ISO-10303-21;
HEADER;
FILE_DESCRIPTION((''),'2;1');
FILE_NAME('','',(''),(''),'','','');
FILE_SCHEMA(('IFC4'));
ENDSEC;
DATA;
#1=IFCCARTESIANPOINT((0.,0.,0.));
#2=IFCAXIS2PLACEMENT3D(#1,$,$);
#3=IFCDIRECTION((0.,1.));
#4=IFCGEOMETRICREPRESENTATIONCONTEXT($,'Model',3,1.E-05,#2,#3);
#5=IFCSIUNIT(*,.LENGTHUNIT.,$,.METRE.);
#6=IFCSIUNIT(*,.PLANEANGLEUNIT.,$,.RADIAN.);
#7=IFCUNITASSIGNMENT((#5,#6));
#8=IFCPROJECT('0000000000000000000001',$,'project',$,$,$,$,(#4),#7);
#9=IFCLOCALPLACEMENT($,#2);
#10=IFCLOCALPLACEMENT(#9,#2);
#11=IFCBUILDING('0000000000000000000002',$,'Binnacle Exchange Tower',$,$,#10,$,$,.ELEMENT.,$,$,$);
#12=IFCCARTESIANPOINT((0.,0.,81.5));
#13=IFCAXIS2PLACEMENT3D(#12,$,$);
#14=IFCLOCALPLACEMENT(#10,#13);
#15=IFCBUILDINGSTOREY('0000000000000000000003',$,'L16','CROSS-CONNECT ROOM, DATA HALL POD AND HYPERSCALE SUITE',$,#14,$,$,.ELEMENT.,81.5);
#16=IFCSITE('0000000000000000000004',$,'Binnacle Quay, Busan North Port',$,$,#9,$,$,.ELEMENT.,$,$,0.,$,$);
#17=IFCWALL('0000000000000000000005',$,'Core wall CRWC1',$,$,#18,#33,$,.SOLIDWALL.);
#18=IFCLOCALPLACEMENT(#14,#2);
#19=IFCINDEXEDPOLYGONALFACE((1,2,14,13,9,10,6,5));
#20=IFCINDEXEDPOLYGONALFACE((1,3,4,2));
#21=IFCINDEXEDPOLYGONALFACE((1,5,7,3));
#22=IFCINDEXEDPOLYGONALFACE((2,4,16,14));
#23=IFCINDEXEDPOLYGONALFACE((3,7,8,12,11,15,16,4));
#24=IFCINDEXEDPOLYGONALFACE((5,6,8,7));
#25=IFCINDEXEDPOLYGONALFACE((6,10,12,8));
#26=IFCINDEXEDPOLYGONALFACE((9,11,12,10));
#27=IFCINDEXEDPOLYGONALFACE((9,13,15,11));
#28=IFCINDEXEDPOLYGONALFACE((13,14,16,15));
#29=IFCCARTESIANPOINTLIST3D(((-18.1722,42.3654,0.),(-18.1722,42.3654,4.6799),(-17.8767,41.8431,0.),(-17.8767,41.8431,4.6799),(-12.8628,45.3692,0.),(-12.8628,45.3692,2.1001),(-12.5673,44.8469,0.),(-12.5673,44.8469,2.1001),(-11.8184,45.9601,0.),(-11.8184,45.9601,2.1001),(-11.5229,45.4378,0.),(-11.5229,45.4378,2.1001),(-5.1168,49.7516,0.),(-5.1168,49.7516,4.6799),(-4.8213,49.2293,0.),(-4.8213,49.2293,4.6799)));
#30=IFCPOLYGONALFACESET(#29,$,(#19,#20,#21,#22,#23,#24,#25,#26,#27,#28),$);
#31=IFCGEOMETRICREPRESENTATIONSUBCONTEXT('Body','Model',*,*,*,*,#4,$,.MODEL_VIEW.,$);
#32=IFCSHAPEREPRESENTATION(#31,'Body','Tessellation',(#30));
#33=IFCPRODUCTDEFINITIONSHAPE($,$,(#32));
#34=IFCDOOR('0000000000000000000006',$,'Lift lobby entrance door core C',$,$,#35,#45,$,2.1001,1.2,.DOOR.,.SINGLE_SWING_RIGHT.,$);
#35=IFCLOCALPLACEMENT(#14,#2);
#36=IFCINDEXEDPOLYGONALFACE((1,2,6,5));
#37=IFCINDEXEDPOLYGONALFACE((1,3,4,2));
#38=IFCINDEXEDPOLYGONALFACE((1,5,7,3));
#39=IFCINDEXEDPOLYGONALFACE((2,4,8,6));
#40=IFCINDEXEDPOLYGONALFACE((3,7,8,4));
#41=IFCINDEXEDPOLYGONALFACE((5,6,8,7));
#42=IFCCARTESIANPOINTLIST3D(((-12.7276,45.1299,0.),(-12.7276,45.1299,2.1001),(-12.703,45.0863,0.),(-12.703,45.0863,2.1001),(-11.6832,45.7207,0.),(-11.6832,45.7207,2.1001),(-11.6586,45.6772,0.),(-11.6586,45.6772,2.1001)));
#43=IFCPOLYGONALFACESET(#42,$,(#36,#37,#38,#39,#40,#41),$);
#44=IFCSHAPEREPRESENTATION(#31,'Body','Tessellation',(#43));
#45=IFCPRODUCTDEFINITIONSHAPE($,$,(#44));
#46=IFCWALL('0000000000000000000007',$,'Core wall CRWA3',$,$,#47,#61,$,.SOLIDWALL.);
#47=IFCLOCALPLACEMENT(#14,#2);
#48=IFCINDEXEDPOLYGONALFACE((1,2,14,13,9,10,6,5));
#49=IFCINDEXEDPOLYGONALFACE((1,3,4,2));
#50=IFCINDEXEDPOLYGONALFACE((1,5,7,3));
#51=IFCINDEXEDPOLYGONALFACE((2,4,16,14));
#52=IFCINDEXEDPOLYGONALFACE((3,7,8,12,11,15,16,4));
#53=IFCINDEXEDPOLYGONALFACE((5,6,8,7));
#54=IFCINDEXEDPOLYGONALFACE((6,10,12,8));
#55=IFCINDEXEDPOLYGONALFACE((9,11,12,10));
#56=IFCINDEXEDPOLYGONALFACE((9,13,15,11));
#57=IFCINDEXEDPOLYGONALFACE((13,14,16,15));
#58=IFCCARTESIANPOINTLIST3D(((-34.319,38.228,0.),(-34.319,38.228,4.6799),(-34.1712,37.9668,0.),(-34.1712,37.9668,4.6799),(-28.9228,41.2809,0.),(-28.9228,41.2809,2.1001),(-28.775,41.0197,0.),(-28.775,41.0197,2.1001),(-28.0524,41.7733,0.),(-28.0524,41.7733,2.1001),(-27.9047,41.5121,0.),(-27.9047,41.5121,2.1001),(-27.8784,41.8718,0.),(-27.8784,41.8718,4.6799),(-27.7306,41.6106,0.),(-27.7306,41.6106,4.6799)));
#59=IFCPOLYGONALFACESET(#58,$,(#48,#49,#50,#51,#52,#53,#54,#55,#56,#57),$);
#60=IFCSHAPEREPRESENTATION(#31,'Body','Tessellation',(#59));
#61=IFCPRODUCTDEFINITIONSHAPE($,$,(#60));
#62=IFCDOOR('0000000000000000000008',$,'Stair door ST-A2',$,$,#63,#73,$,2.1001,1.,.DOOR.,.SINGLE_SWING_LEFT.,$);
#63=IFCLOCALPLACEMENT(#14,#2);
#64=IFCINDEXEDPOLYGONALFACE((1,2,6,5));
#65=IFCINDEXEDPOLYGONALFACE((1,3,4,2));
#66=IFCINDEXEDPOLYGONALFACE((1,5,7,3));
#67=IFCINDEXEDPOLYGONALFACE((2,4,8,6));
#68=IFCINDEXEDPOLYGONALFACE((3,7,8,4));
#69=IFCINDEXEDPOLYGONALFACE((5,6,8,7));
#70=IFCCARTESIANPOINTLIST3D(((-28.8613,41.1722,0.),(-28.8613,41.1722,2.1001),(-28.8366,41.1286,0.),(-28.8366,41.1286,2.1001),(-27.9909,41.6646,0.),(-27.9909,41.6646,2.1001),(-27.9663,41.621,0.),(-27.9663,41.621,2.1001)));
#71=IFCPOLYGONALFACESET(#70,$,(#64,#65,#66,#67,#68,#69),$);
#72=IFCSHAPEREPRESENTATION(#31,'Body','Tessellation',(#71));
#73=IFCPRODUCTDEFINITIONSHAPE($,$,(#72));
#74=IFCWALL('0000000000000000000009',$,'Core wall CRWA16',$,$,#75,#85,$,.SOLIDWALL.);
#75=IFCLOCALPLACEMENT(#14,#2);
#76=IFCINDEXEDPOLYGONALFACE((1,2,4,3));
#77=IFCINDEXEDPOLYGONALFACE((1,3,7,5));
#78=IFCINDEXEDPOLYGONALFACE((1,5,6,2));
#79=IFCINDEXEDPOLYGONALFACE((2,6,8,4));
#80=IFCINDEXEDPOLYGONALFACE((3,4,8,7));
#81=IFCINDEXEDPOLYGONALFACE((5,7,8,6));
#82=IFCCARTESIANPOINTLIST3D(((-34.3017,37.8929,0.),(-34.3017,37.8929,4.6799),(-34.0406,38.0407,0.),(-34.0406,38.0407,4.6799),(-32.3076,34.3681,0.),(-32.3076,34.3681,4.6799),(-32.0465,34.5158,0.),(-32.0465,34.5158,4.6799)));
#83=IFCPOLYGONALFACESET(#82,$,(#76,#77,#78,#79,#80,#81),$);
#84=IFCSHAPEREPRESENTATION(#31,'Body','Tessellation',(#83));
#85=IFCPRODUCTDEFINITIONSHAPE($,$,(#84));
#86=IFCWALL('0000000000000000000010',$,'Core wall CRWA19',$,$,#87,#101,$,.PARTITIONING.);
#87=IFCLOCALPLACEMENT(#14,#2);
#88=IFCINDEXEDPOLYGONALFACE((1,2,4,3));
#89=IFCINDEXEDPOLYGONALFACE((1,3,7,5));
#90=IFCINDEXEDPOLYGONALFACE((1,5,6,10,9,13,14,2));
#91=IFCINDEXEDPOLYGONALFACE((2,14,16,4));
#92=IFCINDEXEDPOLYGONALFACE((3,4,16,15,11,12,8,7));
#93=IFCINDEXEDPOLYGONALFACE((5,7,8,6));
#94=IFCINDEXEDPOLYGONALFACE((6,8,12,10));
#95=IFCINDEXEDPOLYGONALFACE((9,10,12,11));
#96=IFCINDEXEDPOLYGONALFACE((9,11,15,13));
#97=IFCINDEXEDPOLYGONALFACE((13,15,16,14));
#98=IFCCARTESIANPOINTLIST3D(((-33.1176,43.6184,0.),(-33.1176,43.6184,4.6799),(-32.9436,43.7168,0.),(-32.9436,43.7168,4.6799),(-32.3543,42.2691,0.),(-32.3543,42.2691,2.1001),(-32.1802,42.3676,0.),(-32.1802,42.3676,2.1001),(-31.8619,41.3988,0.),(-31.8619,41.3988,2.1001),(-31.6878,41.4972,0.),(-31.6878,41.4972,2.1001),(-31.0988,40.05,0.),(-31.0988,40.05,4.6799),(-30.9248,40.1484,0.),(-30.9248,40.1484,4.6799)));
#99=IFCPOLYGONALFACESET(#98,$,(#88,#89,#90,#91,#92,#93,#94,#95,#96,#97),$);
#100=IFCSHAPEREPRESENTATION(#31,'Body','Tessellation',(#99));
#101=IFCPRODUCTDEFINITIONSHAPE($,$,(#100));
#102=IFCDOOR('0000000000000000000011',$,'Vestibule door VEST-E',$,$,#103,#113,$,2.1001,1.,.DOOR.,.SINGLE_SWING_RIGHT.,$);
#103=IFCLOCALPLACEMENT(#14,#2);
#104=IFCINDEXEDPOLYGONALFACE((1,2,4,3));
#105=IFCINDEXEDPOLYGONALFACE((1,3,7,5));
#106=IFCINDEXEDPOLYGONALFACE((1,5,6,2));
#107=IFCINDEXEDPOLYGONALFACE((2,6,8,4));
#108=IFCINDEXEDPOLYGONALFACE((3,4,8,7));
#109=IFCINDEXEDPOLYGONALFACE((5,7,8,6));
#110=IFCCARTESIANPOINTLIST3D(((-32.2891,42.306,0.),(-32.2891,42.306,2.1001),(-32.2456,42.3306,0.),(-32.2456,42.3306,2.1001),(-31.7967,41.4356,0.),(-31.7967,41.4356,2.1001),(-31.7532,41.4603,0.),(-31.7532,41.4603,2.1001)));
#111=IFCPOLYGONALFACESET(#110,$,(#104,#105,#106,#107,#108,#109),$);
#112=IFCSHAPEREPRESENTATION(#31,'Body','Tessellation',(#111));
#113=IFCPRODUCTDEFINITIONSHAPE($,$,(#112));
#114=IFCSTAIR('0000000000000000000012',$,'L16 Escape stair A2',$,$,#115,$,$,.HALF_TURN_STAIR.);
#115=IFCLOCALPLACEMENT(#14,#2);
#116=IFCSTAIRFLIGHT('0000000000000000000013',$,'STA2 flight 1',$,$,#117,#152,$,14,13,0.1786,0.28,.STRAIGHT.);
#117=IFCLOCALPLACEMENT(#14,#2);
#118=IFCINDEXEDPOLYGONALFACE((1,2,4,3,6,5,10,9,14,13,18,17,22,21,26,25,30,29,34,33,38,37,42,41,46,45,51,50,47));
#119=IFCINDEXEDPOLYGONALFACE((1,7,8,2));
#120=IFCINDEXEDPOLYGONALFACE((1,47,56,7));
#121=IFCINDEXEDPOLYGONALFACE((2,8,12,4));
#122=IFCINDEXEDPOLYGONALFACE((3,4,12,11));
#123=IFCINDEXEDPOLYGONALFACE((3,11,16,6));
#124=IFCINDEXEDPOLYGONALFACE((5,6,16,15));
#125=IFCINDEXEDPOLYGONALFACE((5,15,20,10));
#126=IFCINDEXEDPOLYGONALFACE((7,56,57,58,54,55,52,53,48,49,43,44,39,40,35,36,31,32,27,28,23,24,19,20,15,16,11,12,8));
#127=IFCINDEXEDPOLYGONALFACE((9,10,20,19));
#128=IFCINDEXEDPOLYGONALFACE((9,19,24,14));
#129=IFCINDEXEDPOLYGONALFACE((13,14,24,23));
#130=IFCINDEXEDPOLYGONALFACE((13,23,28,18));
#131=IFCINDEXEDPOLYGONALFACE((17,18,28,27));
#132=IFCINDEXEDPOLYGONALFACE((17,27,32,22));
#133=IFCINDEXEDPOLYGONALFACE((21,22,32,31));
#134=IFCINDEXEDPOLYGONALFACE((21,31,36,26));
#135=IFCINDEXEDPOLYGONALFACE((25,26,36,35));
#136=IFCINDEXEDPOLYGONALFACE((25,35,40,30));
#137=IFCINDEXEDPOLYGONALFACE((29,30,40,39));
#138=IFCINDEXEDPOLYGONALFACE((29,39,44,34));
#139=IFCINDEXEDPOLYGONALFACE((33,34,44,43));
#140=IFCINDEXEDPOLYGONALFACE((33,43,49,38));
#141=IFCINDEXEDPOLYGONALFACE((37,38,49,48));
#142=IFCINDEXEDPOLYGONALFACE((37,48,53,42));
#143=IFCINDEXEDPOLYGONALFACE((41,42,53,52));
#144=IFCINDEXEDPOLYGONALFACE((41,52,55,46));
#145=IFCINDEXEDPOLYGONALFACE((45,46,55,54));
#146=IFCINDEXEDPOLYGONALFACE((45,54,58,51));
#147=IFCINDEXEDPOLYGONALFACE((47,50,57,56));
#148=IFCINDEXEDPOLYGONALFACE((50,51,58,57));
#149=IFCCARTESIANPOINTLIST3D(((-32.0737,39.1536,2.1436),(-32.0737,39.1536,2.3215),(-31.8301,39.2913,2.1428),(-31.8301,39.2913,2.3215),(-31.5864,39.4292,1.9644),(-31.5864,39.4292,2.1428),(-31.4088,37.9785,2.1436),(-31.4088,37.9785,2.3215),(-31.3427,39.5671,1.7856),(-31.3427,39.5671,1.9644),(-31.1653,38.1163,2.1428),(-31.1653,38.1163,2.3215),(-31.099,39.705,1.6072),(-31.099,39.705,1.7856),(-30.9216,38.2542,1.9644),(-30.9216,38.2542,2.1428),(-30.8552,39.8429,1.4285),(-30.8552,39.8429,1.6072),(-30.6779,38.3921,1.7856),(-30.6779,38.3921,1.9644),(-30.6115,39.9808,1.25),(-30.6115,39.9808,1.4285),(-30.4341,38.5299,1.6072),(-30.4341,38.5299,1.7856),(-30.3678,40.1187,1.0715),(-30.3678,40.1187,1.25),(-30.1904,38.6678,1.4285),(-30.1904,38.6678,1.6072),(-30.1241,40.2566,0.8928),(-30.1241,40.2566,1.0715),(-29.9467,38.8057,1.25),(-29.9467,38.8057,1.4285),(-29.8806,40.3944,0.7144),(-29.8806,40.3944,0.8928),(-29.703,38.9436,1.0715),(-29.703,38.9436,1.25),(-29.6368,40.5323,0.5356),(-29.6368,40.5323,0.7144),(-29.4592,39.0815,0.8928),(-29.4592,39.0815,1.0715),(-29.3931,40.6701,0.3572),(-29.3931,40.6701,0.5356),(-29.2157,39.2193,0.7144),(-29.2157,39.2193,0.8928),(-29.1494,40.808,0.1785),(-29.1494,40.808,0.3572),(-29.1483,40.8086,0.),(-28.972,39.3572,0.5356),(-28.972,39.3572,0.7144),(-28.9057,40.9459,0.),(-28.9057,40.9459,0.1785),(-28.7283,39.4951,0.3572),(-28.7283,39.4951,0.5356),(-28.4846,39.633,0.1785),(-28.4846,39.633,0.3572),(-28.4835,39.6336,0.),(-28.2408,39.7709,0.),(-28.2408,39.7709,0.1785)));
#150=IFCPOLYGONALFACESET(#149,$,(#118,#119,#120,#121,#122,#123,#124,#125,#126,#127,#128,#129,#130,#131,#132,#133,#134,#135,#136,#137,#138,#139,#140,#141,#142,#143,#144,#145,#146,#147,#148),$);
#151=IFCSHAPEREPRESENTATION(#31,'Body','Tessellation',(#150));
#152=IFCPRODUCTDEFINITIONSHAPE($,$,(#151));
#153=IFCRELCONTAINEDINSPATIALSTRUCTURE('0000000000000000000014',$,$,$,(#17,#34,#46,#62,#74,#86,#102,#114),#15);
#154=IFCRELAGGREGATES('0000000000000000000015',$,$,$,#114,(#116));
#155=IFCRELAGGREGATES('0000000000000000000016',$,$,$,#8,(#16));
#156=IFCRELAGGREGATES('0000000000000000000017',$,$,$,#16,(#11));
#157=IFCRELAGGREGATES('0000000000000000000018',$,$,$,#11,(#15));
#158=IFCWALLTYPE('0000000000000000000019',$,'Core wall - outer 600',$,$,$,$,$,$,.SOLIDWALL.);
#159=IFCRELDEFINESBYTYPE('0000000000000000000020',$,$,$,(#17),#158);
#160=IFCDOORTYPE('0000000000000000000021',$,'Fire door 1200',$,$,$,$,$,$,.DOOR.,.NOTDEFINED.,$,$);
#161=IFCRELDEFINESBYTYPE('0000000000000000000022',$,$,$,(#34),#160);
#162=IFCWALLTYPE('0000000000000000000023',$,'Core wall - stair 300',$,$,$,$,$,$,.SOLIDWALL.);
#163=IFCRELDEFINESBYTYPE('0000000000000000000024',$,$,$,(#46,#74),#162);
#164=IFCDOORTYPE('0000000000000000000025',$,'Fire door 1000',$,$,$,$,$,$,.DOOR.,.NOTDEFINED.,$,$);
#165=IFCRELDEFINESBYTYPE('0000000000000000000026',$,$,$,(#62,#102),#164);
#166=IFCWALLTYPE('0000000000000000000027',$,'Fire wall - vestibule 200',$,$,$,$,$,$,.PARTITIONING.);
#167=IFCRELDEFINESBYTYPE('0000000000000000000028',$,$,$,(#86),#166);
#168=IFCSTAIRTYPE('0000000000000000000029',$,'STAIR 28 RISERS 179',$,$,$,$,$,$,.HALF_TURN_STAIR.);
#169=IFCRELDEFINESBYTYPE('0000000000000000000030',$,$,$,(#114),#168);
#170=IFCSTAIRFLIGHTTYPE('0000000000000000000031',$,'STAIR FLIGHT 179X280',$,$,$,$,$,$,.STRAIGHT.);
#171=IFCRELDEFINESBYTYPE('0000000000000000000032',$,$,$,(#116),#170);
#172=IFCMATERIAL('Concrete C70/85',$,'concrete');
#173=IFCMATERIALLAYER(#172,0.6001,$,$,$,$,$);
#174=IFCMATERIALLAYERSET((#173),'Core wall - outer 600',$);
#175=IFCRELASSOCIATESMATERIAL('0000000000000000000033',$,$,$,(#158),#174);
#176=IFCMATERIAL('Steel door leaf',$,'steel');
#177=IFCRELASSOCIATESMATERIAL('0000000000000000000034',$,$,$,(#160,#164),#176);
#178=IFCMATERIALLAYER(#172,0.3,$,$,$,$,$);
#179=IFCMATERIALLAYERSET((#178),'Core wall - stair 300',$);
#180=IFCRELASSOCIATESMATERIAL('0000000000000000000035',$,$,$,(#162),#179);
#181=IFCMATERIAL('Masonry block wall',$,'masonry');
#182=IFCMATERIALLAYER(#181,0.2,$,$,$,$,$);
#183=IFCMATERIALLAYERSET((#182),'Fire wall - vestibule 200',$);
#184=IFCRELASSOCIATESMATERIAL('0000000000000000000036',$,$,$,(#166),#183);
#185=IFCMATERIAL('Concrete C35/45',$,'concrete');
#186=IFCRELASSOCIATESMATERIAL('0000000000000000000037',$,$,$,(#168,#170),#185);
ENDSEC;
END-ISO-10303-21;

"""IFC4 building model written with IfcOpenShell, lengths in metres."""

from ifc_helpers import new_model, si_unit, direction, frame, frame_2d, origin, place, context, subcontext, project, spatial, polyline, rectangle, outline, extrude, material, layer, layer_set, type_object, element, fill, aggregate, save


model = new_model("IFC4")

# Units and contexts
model_context = context("Model", 3, precision=1e-05, world=origin(), true_north=direction((0.0, 1.0)))
body_context = subcontext(model_context, "Body", "Model", "MODEL_VIEW")
ifc_project = project(units=[si_unit("LENGTHUNIT", "METRE"), si_unit("PLANEANGLEUNIT", "RADIAN")], contexts=[model_context])

# Site, building, storey
site_placement = place(None, origin())
site = spatial("IfcSite", under=ifc_project, at=site_placement, Name="Binnacle Quay, Busan North Port", CompositionType="ELEMENT", RefElevation=0.0)
building_placement = place(site_placement, origin())
building = spatial("IfcBuilding", under=site, at=building_placement, Name="Binnacle Exchange Tower", CompositionType="ELEMENT")
storey_placement = place(building_placement, frame((0.0, 0.0, 81.5)))
storey = spatial("IfcBuildingStorey", under=building, at=storey_placement, Name="L16", Description="CROSS-CONNECT ROOM, DATA HALL POD AND HYPERSCALE SUITE", CompositionType="ELEMENT", Elevation=81.5)

# Shared definitions
ifc_material_1 = material(Name="Concrete C70/85", Category="concrete")

# Shared definitions
ifc_material_2 = material(Name="Steel door leaf", Category="steel")

# Walls, openings, doors
ifc_layer_1 = layer(ifc_material_1, 0.6001)
ifc_layer_set_1 = layer_set([ifc_layer_1], Name="Core wall - outer 600")
wall_type_1 = type_object("IfcWallType", Name="Core wall - outer 600", PredefinedType="SOLIDWALL", material=ifc_layer_set_1)
wall_1_placement = place(storey_placement, frame((-18.0244, 42.1042, 0.0), z_axis=(0.0, 0.0, 1.0), x_axis=(0.870361, 0.492415, 0.0)))
wall_1 = element("IfcWall", 1, at=wall_1_placement, inside=storey, type_object=wall_type_1, Name="Core wall CRWC1", PredefinedType="SOLIDWALL", context=body_context, shape_type="SweptSolid", body=[
    extrude(rectangle(XDim=15.0, YDim=0.6001, at=frame_2d((7.5, 0.0))), origin(), (0.0, 0.0, 1.0), 4.6799),
])
opening_1_placement = place(wall_1_placement, frame((6.1001, 0.0, 0.0)))
opening_1 = element("IfcOpeningElement", 2, at=opening_1_placement, cuts=wall_1, PredefinedType="OPENING", context=body_context, shape_type="SweptSolid", body=[
    extrude(rectangle(XDim=1.2, YDim=2.1001, at=frame_2d((0.6001, 1.05))), frame((0.0, 0.3101, 0.0), z_axis=(0.0, -1.0, 0.0), x_axis=(1.0, 0.0, 0.0)), (0.0, 0.0, 1.0), 0.6201),
])
door_type_1 = type_object("IfcDoorType", Name="Fire door 1200", OperationType="NOTDEFINED", PredefinedType="DOOR", material=ifc_material_2)
door_1_placement = place(opening_1_placement, frame((1.2, 0.0, 0.0), z_axis=(0.0, 0.0, 1.0), x_axis=(-1.0, 0.0, 0.0)))
door_1 = element("IfcDoor", 3, at=door_1_placement, inside=storey, type_object=door_type_1, Name="Lift lobby entrance door core C", OperationType="SINGLE_SWING_RIGHT", OverallHeight=2.1001, OverallWidth=1.2, PredefinedType="DOOR", context=body_context, shape_type="SweptSolid", body=[
    extrude(rectangle(XDim=1.2, YDim=2.1001, at=frame_2d((0.6001, 1.05))), frame((0.0, 0.0249, 0.0), z_axis=(0.0, -1.0, 0.0), x_axis=(1.0, 0.0, 0.0)), (0.0, 0.0, 1.0), 0.05),
])
fill(opening_1, door_1)
ifc_layer_2 = layer(ifc_material_1, 0.3)
ifc_layer_set_2 = layer_set([ifc_layer_2], Name="Core wall - stair 300")
wall_type_2 = type_object("IfcWallType", Name="Core wall - stair 300", PredefinedType="SOLIDWALL", material=ifc_layer_set_2)
wall_2_placement = place(storey_placement, frame((-34.2451, 38.0974, 0.0), z_axis=(0.0, 0.0, 1.0), x_axis=(0.870365, 0.492407, 0.0)))
wall_2 = element("IfcWall", 4, at=wall_2_placement, inside=storey, type_object=wall_type_2, Name="Core wall CRWA3", PredefinedType="SOLIDWALL", context=body_context, shape_type="SweptSolid", body=[
    extrude(rectangle(XDim=7.3999, YDim=0.3, at=frame_2d((3.7, 0.0))), origin(), (0.0, 0.0, 1.0), 4.6799),
])
opening_2_placement = place(wall_2_placement, frame((6.2, 0.0, 0.0)))
opening_2 = element("IfcOpeningElement", 5, at=opening_2_placement, cuts=wall_2, PredefinedType="OPENING", context=body_context, shape_type="SweptSolid", body=[
    extrude(rectangle(XDim=1.0, YDim=2.1001, at=frame_2d((0.5, 1.05))), frame((0.0, 0.1599, 0.0), z_axis=(0.0, -1.0, 0.0), x_axis=(1.0, 0.0, 0.0)), (0.0, 0.0, 1.0), 0.3201),
])
door_type_2 = type_object("IfcDoorType", Name="Fire door 1000", OperationType="NOTDEFINED", PredefinedType="DOOR", material=ifc_material_2)
door_2_placement = place(opening_2_placement, frame((1.0, 0.0, 0.0), z_axis=(0.0, 0.0, 1.0), x_axis=(-1.0, 0.0, 0.0)))
door_2 = element("IfcDoor", 6, at=door_2_placement, inside=storey, type_object=door_type_2, Name="Stair door ST-A2", OperationType="SINGLE_SWING_LEFT", OverallHeight=2.1001, OverallWidth=1.0, PredefinedType="DOOR", context=body_context, shape_type="SweptSolid", body=[
    extrude(rectangle(XDim=1.0, YDim=2.1001, at=frame_2d((0.5, 1.05))), frame((0.0, 0.0249, 0.0), z_axis=(0.0, -1.0, 0.0), x_axis=(1.0, 0.0, 0.0)), (0.0, 0.0, 1.0), 0.05),
])
fill(opening_2, door_2)

# Wall
wall_3_placement = place(storey_placement, frame((-34.1711, 37.9668, 0.0), z_axis=(0.0, 0.0, 1.0), x_axis=(0.492395, -0.870372, 0.0)))
element("IfcWall", 7, at=wall_3_placement, inside=storey, type_object=wall_type_2, Name="Core wall CRWA16", PredefinedType="SOLIDWALL", context=body_context, shape_type="SweptSolid", body=[
    extrude(rectangle(XDim=4.0498, YDim=0.3, at=frame_2d((2.0249, 0.0))), origin(), (0.0, 0.0, 1.0), 4.6799),
])

# Wall, opening, door
ifc_material_3 = material(Name="Masonry block wall", Category="masonry")
ifc_layer_3 = layer(ifc_material_3, 0.2)
ifc_layer_set_3 = layer_set([ifc_layer_3], Name="Fire wall - vestibule 200")
wall_type_3 = type_object("IfcWallType", Name="Fire wall - vestibule 200", PredefinedType="PARTITIONING", material=ifc_layer_set_3)
wall_4_placement = place(storey_placement, frame((-33.0305, 43.6675, 0.0), z_axis=(0.0, 0.0, 1.0), x_axis=(0.492408, -0.870364, 0.0)))
wall_4 = element("IfcWall", 8, at=wall_4_placement, inside=storey, type_object=wall_type_3, Name="Core wall CRWA19", PredefinedType="PARTITIONING", context=body_context, shape_type="SweptSolid", body=[
    extrude(rectangle(XDim=4.0999, YDim=0.2, at=frame_2d((2.0498, 0.0))), origin(), (0.0, 0.0, 1.0), 4.6799),
])
opening_3_placement = place(wall_4_placement, frame((1.55, 0.0, 0.0)))
opening_3 = element("IfcOpeningElement", 9, at=opening_3_placement, cuts=wall_4, PredefinedType="OPENING", context=body_context, shape_type="SweptSolid", body=[
    extrude(rectangle(XDim=1.0, YDim=2.1001, at=frame_2d((0.5, 1.05))), frame((0.0, 0.1099, 0.0), z_axis=(0.0, -1.0, 0.0), x_axis=(1.0, 0.0, 0.0)), (0.0, 0.0, 1.0), 0.22),
])
door_3_placement = place(opening_3_placement, origin())
door_3 = element("IfcDoor", 10, at=door_3_placement, inside=storey, type_object=door_type_2, Name="Vestibule door VEST-E", OperationType="SINGLE_SWING_RIGHT", OverallHeight=2.1001, OverallWidth=1.0, PredefinedType="DOOR", context=body_context, shape_type="SweptSolid", body=[
    extrude(rectangle(XDim=1.0, YDim=2.1001, at=frame_2d((0.5, 1.05))), frame((0.0, 0.0249, 0.0), z_axis=(0.0, -1.0, 0.0), x_axis=(1.0, 0.0, 0.0)), (0.0, 0.0, 1.0), 0.05),
])
fill(opening_3, door_3)

# Stair, stair flight
ifc_material_4 = material(Name="Concrete C35/45", Category="concrete")
stair_type = type_object("IfcStairType", Name="STAIR 28 RISERS 179", PredefinedType="HALF_TURN_STAIR", material=ifc_material_4)
stair_placement = place(storey_placement, origin())
stair = element("IfcStair", 11, at=stair_placement, inside=storey, type_object=stair_type, Name="L16 Escape stair A2", PredefinedType="HALF_TURN_STAIR")
stair_flight_type = type_object("IfcStairFlightType", Name="STAIR FLIGHT 179X280", PredefinedType="STRAIGHT", material=ifc_material_4)
stair_flight_placement = place(storey_placement, frame((-28.5732, 40.3584, 0.0), z_axis=(0.0, 0.0, 1.0), x_axis=(-0.870356, -0.492424, 0.0)))
stair_flight = element("IfcStairFlight", 12, at=stair_flight_placement, type_object=stair_flight_type, Name="STA2 flight 1", NumberOfRisers=14, NumberOfTreads=13, PredefinedType="STRAIGHT", RiserHeight=0.1786, TreadLength=0.28, context=body_context, shape_type="SweptSolid", body=[
    extrude(outline(polyline([(0.0, 0.0), (0.0, 0.1785), (0.28, 0.1785), (0.28, 0.3572), (0.5601, 0.3572), (0.5601, 0.5356), (0.8401, 0.5356), (0.8401, 0.7144), (1.1201, 0.7144), (1.1201, 0.8928), (1.3999, 0.8928), (1.3999, 1.0715), (1.6799, 1.0715), (1.6799, 1.25), (1.96, 1.25), (1.96, 1.4285), (2.24, 1.4285), (2.24, 1.6072), (2.52, 1.6072), (2.52, 1.7856), (2.8, 1.7856), (2.8, 1.9644), (3.0801, 1.9644), (3.0801, 2.1428), (3.3601, 2.1428), (3.3601, 2.3215), (3.6399, 2.3215), (3.6399, 2.5), (3.6399, 2.1436), (0.2788, 0.0), (0.0, 0.0)])), frame((0.0, 0.675, 0.0), z_axis=(0.0, -1.0, 0.0), x_axis=(1.0, 0.0, 0.0)), (0.0, 0.0, 1.0), 1.3501),
])
aggregate(stair, [stair_flight])

save(model, "model.ifc")
